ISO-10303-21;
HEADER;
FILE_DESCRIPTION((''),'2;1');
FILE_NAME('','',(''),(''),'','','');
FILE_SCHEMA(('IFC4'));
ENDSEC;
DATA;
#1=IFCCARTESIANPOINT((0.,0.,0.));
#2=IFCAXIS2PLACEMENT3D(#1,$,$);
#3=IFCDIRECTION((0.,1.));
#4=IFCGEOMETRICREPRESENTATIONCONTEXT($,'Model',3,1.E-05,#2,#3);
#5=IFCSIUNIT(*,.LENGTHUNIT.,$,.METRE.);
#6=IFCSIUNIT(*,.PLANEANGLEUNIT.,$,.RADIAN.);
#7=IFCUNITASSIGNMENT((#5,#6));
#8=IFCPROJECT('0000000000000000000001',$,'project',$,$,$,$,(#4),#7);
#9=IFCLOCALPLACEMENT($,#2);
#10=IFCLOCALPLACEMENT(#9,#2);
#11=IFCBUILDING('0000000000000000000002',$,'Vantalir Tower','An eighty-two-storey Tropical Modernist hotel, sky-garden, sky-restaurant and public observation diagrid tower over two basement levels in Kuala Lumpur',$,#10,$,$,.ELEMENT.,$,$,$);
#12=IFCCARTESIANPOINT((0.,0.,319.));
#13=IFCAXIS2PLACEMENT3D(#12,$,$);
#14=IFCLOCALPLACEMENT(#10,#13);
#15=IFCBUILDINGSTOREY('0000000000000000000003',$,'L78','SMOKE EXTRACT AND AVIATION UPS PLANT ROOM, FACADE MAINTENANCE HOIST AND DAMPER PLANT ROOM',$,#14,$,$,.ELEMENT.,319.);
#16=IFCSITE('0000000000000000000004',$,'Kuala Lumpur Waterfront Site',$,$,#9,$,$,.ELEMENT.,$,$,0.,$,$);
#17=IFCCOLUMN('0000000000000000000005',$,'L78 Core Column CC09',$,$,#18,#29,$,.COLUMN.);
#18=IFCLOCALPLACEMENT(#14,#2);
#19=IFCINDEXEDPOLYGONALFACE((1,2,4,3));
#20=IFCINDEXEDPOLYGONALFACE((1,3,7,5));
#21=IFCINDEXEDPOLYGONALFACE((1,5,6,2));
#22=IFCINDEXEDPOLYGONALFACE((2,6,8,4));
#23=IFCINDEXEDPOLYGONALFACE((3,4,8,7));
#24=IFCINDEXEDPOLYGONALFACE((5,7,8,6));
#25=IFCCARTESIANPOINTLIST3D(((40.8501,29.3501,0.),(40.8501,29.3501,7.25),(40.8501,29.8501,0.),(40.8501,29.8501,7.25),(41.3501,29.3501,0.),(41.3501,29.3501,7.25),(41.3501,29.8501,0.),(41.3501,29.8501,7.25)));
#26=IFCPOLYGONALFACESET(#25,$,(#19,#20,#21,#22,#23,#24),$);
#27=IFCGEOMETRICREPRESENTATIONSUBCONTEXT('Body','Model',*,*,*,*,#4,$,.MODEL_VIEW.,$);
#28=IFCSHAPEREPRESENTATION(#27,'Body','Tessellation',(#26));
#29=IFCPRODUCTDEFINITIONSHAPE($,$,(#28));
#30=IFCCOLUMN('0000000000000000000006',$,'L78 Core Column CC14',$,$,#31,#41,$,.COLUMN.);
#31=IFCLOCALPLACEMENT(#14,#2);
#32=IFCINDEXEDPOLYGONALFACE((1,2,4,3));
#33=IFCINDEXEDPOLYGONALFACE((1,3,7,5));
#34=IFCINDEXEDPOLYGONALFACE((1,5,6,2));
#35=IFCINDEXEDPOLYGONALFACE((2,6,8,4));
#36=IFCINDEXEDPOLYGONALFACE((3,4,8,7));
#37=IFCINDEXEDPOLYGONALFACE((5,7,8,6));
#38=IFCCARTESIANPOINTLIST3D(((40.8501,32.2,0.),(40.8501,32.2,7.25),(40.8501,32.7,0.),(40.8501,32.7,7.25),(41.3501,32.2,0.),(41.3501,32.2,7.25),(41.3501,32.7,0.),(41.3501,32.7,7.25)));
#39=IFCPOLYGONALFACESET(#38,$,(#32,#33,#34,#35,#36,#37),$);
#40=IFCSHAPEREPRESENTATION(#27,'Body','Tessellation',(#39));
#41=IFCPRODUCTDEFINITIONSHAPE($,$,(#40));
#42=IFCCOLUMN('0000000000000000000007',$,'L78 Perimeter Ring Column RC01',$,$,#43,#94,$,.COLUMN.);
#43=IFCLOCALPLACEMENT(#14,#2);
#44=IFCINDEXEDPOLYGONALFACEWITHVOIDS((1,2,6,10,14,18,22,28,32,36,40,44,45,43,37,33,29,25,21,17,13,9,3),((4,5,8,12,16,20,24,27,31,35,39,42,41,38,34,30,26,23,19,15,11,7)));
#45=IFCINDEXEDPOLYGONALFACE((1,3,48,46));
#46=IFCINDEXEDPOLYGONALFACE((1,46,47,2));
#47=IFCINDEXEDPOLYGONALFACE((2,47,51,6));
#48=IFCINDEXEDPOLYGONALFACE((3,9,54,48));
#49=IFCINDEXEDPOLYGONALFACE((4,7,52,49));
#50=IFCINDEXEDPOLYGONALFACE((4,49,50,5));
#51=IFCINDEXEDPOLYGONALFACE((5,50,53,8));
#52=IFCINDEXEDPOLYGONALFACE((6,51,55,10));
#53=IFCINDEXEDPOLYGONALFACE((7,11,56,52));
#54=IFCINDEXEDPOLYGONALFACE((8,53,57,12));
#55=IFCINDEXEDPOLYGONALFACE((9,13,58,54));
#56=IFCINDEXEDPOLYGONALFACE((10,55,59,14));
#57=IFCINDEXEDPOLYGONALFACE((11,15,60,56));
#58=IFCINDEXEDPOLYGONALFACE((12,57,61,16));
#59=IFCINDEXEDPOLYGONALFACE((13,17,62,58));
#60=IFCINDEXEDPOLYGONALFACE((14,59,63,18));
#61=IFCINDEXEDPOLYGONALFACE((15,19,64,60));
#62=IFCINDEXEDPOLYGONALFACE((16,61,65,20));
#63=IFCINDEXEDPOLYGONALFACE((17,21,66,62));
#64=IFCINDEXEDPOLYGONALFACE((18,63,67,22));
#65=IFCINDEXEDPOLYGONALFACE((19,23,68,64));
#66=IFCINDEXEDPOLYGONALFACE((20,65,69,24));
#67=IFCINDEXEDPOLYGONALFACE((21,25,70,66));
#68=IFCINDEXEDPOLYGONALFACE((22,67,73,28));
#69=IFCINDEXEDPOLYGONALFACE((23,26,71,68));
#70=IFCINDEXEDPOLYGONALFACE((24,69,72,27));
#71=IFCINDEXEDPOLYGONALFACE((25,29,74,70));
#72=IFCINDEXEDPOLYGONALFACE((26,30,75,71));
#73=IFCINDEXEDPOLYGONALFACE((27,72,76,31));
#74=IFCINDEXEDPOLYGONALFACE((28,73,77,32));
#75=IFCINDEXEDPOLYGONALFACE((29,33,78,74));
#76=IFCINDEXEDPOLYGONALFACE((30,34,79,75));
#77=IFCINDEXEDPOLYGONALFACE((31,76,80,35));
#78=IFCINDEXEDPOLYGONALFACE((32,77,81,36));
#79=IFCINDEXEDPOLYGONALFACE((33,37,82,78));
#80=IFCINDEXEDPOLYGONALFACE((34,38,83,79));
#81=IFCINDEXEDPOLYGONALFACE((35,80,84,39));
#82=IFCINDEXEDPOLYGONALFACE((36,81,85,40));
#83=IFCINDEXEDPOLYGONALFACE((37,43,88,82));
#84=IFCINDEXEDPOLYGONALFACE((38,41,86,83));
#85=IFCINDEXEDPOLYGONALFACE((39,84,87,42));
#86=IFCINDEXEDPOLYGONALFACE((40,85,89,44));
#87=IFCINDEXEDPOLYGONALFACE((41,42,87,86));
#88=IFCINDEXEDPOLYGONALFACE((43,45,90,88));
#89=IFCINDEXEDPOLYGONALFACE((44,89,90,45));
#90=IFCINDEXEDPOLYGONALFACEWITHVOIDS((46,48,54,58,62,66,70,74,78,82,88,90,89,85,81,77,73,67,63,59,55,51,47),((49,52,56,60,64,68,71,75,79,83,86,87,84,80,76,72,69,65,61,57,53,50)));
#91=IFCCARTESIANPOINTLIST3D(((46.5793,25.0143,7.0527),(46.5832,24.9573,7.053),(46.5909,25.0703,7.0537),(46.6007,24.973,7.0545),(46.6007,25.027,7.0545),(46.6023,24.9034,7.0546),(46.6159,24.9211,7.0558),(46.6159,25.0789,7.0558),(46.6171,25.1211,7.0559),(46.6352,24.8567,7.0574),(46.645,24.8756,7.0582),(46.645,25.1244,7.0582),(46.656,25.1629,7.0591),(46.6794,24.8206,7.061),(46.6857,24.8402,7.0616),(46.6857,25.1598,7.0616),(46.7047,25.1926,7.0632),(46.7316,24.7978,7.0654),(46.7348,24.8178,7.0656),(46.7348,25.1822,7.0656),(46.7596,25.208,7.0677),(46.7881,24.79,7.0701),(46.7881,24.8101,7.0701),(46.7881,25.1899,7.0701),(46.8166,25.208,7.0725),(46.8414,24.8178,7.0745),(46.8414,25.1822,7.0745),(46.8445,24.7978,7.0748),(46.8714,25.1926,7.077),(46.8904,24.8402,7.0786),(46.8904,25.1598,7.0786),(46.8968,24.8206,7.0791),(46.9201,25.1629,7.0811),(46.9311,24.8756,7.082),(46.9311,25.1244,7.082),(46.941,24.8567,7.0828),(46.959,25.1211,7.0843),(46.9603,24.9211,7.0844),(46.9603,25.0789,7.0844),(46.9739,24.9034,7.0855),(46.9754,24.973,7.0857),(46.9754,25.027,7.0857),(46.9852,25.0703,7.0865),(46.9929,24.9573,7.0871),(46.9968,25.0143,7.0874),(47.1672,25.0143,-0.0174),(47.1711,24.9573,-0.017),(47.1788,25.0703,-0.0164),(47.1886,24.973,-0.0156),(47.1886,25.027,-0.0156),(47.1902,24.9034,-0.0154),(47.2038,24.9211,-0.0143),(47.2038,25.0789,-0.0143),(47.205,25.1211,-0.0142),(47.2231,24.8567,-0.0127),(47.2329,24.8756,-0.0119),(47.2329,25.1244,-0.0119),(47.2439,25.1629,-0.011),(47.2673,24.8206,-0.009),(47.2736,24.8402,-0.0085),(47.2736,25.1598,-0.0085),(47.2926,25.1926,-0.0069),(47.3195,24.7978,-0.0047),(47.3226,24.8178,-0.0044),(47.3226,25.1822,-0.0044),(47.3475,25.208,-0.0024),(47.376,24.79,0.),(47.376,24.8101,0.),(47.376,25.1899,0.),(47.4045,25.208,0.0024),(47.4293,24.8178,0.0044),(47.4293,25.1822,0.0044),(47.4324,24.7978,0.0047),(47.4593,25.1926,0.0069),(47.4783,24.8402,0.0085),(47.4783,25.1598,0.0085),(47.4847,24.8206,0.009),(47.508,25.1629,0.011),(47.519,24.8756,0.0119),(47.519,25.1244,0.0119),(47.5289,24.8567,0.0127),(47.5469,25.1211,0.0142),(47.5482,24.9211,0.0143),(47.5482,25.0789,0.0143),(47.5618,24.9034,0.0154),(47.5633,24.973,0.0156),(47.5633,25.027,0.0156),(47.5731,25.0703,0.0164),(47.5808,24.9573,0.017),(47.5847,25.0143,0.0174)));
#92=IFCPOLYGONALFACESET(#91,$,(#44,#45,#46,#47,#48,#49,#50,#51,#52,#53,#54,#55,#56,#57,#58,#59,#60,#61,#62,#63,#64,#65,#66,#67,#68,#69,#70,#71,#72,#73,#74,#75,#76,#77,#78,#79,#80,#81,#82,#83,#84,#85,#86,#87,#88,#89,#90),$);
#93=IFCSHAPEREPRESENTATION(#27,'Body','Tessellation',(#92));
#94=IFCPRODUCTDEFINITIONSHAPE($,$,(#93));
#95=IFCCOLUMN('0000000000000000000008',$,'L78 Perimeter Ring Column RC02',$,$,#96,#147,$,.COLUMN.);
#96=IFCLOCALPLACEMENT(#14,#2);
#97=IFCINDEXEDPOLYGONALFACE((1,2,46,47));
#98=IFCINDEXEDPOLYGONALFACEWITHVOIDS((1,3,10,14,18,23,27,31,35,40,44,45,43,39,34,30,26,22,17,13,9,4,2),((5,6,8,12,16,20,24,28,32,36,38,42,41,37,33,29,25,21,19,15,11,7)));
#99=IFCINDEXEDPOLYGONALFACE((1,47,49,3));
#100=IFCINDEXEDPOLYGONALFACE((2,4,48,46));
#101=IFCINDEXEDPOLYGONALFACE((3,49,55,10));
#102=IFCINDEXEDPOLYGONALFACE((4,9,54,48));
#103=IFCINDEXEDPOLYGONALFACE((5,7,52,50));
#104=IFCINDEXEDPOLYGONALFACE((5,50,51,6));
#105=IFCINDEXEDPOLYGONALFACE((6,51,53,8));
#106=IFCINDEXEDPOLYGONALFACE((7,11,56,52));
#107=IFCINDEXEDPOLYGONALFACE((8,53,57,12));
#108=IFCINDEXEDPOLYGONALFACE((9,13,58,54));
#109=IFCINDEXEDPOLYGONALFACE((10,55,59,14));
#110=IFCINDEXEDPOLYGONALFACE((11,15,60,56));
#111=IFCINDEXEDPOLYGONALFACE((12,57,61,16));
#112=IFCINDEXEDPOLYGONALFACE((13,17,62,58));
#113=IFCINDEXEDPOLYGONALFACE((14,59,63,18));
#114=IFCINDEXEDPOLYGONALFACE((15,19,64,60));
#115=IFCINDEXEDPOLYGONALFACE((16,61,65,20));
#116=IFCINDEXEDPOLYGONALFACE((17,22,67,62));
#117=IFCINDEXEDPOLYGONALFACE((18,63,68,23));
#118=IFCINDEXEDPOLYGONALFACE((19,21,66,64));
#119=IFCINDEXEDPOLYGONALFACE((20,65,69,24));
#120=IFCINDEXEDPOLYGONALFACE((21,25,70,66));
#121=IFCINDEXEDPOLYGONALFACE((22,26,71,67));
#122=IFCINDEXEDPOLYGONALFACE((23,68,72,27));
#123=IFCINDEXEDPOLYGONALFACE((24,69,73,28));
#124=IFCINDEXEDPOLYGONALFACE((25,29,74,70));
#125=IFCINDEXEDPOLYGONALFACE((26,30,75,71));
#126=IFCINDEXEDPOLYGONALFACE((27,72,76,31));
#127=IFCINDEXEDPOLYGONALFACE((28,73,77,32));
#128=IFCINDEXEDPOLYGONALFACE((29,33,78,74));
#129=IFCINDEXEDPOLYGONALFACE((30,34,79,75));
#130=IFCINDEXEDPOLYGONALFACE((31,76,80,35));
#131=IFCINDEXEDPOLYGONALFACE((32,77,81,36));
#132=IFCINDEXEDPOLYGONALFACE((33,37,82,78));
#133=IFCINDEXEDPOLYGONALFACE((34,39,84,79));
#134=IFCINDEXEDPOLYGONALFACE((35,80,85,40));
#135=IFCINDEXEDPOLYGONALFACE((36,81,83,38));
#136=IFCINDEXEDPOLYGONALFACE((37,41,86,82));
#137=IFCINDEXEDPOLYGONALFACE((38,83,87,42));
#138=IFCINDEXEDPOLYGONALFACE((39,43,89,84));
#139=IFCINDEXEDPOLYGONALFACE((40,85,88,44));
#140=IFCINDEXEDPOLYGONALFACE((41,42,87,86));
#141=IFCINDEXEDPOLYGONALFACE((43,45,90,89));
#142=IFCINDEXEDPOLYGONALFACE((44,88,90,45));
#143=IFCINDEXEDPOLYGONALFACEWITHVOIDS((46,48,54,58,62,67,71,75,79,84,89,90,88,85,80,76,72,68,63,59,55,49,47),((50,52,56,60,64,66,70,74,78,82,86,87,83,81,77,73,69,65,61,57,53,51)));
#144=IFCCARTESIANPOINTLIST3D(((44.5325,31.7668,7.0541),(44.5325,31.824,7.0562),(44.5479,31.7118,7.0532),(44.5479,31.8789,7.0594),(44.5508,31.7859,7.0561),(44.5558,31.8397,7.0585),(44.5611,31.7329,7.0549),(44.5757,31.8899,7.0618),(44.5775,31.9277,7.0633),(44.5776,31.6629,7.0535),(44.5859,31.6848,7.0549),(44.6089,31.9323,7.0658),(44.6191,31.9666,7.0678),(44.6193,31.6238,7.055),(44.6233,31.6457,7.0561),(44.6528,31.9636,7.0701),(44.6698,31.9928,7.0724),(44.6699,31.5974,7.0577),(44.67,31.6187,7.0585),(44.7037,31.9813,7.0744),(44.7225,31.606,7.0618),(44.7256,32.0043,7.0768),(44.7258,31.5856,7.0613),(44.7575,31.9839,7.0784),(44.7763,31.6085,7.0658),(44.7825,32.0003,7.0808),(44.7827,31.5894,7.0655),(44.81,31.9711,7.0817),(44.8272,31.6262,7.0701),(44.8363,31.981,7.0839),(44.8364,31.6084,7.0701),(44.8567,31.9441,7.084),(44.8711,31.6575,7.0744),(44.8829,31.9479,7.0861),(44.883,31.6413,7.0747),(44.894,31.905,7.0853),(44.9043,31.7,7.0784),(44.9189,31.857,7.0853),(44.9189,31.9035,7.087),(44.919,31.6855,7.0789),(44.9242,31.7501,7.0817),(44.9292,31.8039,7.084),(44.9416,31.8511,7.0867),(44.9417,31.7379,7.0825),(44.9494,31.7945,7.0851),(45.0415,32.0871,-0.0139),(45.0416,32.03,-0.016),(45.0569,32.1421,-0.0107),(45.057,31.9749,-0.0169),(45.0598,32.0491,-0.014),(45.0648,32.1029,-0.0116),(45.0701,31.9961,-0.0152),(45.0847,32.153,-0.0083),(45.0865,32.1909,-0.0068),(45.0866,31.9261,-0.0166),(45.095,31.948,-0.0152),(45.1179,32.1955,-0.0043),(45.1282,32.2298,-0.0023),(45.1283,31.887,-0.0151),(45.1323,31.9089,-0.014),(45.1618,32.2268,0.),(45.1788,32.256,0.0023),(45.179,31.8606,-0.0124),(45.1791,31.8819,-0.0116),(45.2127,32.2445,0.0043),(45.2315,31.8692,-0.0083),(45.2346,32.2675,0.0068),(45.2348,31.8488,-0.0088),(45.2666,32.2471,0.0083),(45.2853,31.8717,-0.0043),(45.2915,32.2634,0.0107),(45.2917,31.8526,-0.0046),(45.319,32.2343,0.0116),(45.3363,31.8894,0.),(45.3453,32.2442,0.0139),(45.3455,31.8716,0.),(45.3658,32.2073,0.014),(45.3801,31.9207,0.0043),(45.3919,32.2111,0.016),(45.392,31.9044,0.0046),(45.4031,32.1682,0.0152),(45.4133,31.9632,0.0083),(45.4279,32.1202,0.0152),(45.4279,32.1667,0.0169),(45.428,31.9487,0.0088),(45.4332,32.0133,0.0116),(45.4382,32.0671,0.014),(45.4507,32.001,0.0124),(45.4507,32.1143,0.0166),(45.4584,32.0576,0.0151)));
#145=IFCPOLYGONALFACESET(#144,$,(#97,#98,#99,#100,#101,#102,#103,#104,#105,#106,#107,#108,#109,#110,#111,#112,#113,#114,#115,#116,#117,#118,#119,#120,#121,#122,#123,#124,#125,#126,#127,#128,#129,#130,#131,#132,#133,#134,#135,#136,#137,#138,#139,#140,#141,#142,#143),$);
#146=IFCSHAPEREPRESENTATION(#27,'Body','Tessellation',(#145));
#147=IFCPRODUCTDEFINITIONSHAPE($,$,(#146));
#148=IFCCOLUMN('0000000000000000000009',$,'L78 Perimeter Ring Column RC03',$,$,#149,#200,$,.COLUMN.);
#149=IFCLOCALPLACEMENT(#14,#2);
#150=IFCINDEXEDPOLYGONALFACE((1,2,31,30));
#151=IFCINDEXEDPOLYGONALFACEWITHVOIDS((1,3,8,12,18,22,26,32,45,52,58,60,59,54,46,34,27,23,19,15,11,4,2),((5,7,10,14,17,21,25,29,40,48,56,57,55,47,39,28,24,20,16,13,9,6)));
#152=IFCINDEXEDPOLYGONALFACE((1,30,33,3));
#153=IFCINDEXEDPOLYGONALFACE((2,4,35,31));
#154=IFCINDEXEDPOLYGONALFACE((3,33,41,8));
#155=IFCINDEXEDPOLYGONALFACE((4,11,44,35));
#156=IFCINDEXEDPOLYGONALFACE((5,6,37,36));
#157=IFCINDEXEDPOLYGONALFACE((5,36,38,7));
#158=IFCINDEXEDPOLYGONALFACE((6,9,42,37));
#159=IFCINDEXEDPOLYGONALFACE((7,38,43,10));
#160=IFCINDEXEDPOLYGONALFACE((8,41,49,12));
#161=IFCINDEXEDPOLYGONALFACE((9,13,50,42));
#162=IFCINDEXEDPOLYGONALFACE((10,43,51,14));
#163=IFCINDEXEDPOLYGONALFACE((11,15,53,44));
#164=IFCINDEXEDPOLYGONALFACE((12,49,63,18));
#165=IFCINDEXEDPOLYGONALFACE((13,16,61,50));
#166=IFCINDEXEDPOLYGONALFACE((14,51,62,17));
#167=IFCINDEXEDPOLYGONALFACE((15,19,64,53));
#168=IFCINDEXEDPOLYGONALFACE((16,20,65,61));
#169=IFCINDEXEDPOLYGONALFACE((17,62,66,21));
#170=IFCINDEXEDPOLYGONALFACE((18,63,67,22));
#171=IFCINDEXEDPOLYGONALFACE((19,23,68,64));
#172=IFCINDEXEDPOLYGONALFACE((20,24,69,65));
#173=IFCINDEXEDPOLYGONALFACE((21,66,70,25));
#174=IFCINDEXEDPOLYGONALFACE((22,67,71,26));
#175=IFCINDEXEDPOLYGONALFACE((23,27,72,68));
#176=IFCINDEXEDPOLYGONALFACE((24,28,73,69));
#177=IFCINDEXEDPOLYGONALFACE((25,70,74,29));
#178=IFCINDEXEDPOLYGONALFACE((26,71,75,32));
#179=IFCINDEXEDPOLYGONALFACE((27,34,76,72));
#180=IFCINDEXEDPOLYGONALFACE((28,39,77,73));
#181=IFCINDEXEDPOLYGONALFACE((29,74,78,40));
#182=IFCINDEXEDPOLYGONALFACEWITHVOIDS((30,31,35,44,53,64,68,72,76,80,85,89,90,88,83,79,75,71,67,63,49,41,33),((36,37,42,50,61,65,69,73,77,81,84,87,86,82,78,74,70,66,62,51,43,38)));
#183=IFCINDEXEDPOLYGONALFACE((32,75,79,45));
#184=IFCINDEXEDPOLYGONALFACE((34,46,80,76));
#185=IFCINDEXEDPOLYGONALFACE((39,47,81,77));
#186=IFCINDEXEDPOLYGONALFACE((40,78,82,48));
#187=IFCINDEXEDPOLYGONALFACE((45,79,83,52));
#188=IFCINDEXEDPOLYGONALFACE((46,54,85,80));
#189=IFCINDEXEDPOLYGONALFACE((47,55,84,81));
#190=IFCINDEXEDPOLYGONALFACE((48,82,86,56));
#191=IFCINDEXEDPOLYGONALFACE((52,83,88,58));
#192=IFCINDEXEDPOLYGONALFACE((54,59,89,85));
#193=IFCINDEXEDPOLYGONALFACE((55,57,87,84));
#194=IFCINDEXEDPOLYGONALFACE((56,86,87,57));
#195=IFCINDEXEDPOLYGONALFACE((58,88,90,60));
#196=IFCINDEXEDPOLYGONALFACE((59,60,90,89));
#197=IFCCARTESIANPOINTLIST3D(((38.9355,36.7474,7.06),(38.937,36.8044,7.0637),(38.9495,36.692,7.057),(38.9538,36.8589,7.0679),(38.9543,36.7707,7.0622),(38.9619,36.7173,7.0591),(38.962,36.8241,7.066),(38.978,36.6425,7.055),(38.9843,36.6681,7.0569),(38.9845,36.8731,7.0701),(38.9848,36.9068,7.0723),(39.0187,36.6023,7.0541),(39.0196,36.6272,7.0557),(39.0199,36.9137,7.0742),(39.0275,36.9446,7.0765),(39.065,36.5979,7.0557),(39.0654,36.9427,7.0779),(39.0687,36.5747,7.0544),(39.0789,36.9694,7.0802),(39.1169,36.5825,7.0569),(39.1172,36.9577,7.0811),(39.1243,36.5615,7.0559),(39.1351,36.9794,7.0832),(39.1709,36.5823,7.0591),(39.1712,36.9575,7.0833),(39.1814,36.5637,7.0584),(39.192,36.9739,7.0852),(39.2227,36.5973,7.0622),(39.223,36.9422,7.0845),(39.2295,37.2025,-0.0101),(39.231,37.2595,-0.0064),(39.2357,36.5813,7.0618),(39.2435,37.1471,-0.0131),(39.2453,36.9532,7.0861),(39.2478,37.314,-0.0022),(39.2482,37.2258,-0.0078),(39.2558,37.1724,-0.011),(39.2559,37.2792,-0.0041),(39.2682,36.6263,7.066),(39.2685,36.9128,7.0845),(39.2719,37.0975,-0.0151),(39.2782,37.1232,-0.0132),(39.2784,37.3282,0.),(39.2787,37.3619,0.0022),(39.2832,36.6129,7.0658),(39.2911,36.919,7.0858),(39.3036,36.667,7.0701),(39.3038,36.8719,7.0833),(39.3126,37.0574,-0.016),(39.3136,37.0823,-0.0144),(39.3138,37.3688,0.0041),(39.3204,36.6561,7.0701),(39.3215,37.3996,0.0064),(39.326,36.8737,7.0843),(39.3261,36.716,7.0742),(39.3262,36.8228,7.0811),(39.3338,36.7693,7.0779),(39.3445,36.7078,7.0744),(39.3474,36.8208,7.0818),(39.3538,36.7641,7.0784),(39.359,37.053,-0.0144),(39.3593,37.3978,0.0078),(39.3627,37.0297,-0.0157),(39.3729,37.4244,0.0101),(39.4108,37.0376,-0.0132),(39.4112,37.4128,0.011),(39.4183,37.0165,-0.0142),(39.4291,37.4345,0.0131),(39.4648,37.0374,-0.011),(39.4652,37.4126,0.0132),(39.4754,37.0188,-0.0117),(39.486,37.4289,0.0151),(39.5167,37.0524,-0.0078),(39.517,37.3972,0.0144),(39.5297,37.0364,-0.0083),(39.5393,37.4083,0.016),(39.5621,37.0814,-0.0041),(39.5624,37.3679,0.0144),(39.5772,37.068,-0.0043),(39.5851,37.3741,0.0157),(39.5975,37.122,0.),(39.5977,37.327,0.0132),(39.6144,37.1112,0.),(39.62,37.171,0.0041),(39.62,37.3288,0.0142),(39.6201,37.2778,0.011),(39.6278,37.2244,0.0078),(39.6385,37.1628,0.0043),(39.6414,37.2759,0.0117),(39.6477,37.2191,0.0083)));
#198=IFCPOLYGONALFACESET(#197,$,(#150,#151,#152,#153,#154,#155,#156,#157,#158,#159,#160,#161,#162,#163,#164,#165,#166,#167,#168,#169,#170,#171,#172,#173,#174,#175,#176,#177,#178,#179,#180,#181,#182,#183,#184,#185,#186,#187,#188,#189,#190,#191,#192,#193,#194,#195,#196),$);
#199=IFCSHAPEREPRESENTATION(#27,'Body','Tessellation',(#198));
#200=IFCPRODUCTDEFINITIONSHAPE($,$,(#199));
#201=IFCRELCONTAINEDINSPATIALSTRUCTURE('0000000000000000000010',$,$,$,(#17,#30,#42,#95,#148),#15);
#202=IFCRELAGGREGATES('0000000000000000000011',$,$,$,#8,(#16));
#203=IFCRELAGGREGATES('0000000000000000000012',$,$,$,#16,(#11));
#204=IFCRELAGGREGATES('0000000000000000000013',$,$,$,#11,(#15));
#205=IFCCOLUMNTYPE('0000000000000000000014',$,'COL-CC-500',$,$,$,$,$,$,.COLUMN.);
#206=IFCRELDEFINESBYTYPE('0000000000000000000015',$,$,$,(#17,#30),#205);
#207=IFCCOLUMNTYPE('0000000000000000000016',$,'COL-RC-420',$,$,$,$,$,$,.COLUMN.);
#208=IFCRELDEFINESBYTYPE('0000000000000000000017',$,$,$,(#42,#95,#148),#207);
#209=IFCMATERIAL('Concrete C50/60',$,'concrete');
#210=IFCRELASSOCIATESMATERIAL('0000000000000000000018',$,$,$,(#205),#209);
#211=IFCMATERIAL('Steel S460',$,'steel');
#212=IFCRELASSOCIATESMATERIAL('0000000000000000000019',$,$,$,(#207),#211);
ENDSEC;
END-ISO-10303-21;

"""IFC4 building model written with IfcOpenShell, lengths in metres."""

from ifc_helpers import new_model, si_unit, direction, frame, origin, origin_2d, place, context, subcontext, project, spatial, rectangle, hollow_circle, extrude, material, material_profile, profile_set, type_object, element, save


model = new_model("IFC4")

# Units and contexts
model_context = context("Model", 3, precision=1e-05, world=origin(), true_north=direction((0.0, 1.0)))
body_context = subcontext(model_context, "Body", "Model", "MODEL_VIEW")
ifc_project = project(units=[si_unit("LENGTHUNIT", "METRE"), si_unit("PLANEANGLEUNIT", "RADIAN")], contexts=[model_context])

# Site, building, storey
site_placement = place(None, origin())
site = spatial("IfcSite", under=ifc_project, at=site_placement, Name="Kuala Lumpur Waterfront Site", CompositionType="ELEMENT", RefElevation=0.0)
building_placement = place(site_placement, origin())
building = spatial("IfcBuilding", under=site, at=building_placement, Name="Vantalir Tower", Description="An eighty-two-storey Tropical Modernist hotel, sky-garden, sky-restaurant and public observation diagrid tower over two basement levels in Kuala Lumpur", CompositionType="ELEMENT")
storey_placement = place(building_placement, frame((0.0, 0.0, 319.0)))
storey = spatial("IfcBuildingStorey", under=building, at=storey_placement, Name="L78", Description="SMOKE EXTRACT AND AVIATION UPS PLANT ROOM, FACADE MAINTENANCE HOIST AND DAMPER PLANT ROOM", CompositionType="ELEMENT", Elevation=319.0)

# Columns
ifc_material_1 = material(Name="Concrete C50/60", Category="concrete")
ifc_material_profile_1 = material_profile(ifc_material_1, rectangle(XDim=0.5, YDim=0.5, at=origin_2d()), Name="Concrete C50/60")
ifc_profile_set_1 = profile_set([ifc_material_profile_1], Name="Concrete C50/60")
column_type_1 = type_object("IfcColumnType", Name="COL-CC-500", PredefinedType="COLUMN", material=ifc_profile_set_1)
for number, where, z_axis, x_axis, name in (
    (1, (41.1001, 29.6001, 0.0), (0.0, 0.0, 1.0), (1.0, 0.0, 0.0), "L78 Core Column CC09"),
    (2, (41.1001, 32.45, 0.0), (0.0, 0.0, 1.0), (1.0, 0.0, 0.0), "L78 Core Column CC14"),
):
    element("IfcColumn", number, at=place(storey_placement, frame(where, z_axis=z_axis, x_axis=x_axis)), inside=storey, type_object=column_type_1, Name=name, PredefinedType="COLUMN", context=body_context, shape_type="SweptSolid", body=[
        extrude(rectangle(XDim=0.5, YDim=0.5, at=origin_2d()), origin(), (0.0, 0.0, 1.0), 7.25),
    ])
ifc_material_2 = material(Name="Steel S460", Category="steel")
ifc_material_profile_2 = material_profile(ifc_material_2, hollow_circle(Radius=0.21, WallThickness=0.02, at=origin_2d()), Name="Steel S460")
ifc_profile_set_2 = profile_set([ifc_material_profile_2], Name="Steel S460")
column_type_2 = type_object("IfcColumnType", Name="COL-RC-420", PredefinedType="COLUMN", material=ifc_profile_set_2)
column_1_placement = place(storey_placement, frame((47.376, 25.0, 0.0), z_axis=(-0.082866, 0.0, 0.996561), x_axis=(0.0, -1.0, 0.0)))
element("IfcColumn", 3, at=column_1_placement, inside=storey, type_object=column_type_2, Name="L78 Perimeter Ring Column RC01", PredefinedType="COLUMN", context=body_context, shape_type="SweptSolid", body=[
    extrude(hollow_circle(Radius=0.21, WallThickness=0.02, at=origin_2d()), origin(), (0.0, 0.0, 1.0), 7.0945),
])
column_2_placement = place(storey_placement, frame((45.249, 32.0581, 0.0), z_axis=(-0.071763, -0.037103, 0.996731), x_axis=(0.459272, -0.888296, 0.0)))
element("IfcColumn", 4, at=column_2_placement, inside=storey, type_object=column_type_2, Name="L78 Perimeter Ring Column RC02", PredefinedType="COLUMN", context=body_context, shape_type="SweptSolid", body=[
    extrude(hollow_circle(Radius=0.21, WallThickness=0.02, at=origin_2d()), origin(), (0.0, 0.0, 1.0), 7.0933),
])
column_3_placement = place(storey_placement, frame((39.438, 37.2251, 0.0), z_axis=(-0.041454, -0.064179, 0.997077), x_axis=(0.840005, -0.542578, 0.0)))
element("IfcColumn", 5, at=column_3_placement, inside=storey, type_object=column_type_2, Name="L78 Perimeter Ring Column RC03", PredefinedType="COLUMN", context=body_context, shape_type="SweptSolid", body=[
    extrude(hollow_circle(Radius=0.21, WallThickness=0.02, at=origin_2d()), origin(), (0.0, 0.0, 1.0), 7.0908),
])

save(model, "model.ifc")
